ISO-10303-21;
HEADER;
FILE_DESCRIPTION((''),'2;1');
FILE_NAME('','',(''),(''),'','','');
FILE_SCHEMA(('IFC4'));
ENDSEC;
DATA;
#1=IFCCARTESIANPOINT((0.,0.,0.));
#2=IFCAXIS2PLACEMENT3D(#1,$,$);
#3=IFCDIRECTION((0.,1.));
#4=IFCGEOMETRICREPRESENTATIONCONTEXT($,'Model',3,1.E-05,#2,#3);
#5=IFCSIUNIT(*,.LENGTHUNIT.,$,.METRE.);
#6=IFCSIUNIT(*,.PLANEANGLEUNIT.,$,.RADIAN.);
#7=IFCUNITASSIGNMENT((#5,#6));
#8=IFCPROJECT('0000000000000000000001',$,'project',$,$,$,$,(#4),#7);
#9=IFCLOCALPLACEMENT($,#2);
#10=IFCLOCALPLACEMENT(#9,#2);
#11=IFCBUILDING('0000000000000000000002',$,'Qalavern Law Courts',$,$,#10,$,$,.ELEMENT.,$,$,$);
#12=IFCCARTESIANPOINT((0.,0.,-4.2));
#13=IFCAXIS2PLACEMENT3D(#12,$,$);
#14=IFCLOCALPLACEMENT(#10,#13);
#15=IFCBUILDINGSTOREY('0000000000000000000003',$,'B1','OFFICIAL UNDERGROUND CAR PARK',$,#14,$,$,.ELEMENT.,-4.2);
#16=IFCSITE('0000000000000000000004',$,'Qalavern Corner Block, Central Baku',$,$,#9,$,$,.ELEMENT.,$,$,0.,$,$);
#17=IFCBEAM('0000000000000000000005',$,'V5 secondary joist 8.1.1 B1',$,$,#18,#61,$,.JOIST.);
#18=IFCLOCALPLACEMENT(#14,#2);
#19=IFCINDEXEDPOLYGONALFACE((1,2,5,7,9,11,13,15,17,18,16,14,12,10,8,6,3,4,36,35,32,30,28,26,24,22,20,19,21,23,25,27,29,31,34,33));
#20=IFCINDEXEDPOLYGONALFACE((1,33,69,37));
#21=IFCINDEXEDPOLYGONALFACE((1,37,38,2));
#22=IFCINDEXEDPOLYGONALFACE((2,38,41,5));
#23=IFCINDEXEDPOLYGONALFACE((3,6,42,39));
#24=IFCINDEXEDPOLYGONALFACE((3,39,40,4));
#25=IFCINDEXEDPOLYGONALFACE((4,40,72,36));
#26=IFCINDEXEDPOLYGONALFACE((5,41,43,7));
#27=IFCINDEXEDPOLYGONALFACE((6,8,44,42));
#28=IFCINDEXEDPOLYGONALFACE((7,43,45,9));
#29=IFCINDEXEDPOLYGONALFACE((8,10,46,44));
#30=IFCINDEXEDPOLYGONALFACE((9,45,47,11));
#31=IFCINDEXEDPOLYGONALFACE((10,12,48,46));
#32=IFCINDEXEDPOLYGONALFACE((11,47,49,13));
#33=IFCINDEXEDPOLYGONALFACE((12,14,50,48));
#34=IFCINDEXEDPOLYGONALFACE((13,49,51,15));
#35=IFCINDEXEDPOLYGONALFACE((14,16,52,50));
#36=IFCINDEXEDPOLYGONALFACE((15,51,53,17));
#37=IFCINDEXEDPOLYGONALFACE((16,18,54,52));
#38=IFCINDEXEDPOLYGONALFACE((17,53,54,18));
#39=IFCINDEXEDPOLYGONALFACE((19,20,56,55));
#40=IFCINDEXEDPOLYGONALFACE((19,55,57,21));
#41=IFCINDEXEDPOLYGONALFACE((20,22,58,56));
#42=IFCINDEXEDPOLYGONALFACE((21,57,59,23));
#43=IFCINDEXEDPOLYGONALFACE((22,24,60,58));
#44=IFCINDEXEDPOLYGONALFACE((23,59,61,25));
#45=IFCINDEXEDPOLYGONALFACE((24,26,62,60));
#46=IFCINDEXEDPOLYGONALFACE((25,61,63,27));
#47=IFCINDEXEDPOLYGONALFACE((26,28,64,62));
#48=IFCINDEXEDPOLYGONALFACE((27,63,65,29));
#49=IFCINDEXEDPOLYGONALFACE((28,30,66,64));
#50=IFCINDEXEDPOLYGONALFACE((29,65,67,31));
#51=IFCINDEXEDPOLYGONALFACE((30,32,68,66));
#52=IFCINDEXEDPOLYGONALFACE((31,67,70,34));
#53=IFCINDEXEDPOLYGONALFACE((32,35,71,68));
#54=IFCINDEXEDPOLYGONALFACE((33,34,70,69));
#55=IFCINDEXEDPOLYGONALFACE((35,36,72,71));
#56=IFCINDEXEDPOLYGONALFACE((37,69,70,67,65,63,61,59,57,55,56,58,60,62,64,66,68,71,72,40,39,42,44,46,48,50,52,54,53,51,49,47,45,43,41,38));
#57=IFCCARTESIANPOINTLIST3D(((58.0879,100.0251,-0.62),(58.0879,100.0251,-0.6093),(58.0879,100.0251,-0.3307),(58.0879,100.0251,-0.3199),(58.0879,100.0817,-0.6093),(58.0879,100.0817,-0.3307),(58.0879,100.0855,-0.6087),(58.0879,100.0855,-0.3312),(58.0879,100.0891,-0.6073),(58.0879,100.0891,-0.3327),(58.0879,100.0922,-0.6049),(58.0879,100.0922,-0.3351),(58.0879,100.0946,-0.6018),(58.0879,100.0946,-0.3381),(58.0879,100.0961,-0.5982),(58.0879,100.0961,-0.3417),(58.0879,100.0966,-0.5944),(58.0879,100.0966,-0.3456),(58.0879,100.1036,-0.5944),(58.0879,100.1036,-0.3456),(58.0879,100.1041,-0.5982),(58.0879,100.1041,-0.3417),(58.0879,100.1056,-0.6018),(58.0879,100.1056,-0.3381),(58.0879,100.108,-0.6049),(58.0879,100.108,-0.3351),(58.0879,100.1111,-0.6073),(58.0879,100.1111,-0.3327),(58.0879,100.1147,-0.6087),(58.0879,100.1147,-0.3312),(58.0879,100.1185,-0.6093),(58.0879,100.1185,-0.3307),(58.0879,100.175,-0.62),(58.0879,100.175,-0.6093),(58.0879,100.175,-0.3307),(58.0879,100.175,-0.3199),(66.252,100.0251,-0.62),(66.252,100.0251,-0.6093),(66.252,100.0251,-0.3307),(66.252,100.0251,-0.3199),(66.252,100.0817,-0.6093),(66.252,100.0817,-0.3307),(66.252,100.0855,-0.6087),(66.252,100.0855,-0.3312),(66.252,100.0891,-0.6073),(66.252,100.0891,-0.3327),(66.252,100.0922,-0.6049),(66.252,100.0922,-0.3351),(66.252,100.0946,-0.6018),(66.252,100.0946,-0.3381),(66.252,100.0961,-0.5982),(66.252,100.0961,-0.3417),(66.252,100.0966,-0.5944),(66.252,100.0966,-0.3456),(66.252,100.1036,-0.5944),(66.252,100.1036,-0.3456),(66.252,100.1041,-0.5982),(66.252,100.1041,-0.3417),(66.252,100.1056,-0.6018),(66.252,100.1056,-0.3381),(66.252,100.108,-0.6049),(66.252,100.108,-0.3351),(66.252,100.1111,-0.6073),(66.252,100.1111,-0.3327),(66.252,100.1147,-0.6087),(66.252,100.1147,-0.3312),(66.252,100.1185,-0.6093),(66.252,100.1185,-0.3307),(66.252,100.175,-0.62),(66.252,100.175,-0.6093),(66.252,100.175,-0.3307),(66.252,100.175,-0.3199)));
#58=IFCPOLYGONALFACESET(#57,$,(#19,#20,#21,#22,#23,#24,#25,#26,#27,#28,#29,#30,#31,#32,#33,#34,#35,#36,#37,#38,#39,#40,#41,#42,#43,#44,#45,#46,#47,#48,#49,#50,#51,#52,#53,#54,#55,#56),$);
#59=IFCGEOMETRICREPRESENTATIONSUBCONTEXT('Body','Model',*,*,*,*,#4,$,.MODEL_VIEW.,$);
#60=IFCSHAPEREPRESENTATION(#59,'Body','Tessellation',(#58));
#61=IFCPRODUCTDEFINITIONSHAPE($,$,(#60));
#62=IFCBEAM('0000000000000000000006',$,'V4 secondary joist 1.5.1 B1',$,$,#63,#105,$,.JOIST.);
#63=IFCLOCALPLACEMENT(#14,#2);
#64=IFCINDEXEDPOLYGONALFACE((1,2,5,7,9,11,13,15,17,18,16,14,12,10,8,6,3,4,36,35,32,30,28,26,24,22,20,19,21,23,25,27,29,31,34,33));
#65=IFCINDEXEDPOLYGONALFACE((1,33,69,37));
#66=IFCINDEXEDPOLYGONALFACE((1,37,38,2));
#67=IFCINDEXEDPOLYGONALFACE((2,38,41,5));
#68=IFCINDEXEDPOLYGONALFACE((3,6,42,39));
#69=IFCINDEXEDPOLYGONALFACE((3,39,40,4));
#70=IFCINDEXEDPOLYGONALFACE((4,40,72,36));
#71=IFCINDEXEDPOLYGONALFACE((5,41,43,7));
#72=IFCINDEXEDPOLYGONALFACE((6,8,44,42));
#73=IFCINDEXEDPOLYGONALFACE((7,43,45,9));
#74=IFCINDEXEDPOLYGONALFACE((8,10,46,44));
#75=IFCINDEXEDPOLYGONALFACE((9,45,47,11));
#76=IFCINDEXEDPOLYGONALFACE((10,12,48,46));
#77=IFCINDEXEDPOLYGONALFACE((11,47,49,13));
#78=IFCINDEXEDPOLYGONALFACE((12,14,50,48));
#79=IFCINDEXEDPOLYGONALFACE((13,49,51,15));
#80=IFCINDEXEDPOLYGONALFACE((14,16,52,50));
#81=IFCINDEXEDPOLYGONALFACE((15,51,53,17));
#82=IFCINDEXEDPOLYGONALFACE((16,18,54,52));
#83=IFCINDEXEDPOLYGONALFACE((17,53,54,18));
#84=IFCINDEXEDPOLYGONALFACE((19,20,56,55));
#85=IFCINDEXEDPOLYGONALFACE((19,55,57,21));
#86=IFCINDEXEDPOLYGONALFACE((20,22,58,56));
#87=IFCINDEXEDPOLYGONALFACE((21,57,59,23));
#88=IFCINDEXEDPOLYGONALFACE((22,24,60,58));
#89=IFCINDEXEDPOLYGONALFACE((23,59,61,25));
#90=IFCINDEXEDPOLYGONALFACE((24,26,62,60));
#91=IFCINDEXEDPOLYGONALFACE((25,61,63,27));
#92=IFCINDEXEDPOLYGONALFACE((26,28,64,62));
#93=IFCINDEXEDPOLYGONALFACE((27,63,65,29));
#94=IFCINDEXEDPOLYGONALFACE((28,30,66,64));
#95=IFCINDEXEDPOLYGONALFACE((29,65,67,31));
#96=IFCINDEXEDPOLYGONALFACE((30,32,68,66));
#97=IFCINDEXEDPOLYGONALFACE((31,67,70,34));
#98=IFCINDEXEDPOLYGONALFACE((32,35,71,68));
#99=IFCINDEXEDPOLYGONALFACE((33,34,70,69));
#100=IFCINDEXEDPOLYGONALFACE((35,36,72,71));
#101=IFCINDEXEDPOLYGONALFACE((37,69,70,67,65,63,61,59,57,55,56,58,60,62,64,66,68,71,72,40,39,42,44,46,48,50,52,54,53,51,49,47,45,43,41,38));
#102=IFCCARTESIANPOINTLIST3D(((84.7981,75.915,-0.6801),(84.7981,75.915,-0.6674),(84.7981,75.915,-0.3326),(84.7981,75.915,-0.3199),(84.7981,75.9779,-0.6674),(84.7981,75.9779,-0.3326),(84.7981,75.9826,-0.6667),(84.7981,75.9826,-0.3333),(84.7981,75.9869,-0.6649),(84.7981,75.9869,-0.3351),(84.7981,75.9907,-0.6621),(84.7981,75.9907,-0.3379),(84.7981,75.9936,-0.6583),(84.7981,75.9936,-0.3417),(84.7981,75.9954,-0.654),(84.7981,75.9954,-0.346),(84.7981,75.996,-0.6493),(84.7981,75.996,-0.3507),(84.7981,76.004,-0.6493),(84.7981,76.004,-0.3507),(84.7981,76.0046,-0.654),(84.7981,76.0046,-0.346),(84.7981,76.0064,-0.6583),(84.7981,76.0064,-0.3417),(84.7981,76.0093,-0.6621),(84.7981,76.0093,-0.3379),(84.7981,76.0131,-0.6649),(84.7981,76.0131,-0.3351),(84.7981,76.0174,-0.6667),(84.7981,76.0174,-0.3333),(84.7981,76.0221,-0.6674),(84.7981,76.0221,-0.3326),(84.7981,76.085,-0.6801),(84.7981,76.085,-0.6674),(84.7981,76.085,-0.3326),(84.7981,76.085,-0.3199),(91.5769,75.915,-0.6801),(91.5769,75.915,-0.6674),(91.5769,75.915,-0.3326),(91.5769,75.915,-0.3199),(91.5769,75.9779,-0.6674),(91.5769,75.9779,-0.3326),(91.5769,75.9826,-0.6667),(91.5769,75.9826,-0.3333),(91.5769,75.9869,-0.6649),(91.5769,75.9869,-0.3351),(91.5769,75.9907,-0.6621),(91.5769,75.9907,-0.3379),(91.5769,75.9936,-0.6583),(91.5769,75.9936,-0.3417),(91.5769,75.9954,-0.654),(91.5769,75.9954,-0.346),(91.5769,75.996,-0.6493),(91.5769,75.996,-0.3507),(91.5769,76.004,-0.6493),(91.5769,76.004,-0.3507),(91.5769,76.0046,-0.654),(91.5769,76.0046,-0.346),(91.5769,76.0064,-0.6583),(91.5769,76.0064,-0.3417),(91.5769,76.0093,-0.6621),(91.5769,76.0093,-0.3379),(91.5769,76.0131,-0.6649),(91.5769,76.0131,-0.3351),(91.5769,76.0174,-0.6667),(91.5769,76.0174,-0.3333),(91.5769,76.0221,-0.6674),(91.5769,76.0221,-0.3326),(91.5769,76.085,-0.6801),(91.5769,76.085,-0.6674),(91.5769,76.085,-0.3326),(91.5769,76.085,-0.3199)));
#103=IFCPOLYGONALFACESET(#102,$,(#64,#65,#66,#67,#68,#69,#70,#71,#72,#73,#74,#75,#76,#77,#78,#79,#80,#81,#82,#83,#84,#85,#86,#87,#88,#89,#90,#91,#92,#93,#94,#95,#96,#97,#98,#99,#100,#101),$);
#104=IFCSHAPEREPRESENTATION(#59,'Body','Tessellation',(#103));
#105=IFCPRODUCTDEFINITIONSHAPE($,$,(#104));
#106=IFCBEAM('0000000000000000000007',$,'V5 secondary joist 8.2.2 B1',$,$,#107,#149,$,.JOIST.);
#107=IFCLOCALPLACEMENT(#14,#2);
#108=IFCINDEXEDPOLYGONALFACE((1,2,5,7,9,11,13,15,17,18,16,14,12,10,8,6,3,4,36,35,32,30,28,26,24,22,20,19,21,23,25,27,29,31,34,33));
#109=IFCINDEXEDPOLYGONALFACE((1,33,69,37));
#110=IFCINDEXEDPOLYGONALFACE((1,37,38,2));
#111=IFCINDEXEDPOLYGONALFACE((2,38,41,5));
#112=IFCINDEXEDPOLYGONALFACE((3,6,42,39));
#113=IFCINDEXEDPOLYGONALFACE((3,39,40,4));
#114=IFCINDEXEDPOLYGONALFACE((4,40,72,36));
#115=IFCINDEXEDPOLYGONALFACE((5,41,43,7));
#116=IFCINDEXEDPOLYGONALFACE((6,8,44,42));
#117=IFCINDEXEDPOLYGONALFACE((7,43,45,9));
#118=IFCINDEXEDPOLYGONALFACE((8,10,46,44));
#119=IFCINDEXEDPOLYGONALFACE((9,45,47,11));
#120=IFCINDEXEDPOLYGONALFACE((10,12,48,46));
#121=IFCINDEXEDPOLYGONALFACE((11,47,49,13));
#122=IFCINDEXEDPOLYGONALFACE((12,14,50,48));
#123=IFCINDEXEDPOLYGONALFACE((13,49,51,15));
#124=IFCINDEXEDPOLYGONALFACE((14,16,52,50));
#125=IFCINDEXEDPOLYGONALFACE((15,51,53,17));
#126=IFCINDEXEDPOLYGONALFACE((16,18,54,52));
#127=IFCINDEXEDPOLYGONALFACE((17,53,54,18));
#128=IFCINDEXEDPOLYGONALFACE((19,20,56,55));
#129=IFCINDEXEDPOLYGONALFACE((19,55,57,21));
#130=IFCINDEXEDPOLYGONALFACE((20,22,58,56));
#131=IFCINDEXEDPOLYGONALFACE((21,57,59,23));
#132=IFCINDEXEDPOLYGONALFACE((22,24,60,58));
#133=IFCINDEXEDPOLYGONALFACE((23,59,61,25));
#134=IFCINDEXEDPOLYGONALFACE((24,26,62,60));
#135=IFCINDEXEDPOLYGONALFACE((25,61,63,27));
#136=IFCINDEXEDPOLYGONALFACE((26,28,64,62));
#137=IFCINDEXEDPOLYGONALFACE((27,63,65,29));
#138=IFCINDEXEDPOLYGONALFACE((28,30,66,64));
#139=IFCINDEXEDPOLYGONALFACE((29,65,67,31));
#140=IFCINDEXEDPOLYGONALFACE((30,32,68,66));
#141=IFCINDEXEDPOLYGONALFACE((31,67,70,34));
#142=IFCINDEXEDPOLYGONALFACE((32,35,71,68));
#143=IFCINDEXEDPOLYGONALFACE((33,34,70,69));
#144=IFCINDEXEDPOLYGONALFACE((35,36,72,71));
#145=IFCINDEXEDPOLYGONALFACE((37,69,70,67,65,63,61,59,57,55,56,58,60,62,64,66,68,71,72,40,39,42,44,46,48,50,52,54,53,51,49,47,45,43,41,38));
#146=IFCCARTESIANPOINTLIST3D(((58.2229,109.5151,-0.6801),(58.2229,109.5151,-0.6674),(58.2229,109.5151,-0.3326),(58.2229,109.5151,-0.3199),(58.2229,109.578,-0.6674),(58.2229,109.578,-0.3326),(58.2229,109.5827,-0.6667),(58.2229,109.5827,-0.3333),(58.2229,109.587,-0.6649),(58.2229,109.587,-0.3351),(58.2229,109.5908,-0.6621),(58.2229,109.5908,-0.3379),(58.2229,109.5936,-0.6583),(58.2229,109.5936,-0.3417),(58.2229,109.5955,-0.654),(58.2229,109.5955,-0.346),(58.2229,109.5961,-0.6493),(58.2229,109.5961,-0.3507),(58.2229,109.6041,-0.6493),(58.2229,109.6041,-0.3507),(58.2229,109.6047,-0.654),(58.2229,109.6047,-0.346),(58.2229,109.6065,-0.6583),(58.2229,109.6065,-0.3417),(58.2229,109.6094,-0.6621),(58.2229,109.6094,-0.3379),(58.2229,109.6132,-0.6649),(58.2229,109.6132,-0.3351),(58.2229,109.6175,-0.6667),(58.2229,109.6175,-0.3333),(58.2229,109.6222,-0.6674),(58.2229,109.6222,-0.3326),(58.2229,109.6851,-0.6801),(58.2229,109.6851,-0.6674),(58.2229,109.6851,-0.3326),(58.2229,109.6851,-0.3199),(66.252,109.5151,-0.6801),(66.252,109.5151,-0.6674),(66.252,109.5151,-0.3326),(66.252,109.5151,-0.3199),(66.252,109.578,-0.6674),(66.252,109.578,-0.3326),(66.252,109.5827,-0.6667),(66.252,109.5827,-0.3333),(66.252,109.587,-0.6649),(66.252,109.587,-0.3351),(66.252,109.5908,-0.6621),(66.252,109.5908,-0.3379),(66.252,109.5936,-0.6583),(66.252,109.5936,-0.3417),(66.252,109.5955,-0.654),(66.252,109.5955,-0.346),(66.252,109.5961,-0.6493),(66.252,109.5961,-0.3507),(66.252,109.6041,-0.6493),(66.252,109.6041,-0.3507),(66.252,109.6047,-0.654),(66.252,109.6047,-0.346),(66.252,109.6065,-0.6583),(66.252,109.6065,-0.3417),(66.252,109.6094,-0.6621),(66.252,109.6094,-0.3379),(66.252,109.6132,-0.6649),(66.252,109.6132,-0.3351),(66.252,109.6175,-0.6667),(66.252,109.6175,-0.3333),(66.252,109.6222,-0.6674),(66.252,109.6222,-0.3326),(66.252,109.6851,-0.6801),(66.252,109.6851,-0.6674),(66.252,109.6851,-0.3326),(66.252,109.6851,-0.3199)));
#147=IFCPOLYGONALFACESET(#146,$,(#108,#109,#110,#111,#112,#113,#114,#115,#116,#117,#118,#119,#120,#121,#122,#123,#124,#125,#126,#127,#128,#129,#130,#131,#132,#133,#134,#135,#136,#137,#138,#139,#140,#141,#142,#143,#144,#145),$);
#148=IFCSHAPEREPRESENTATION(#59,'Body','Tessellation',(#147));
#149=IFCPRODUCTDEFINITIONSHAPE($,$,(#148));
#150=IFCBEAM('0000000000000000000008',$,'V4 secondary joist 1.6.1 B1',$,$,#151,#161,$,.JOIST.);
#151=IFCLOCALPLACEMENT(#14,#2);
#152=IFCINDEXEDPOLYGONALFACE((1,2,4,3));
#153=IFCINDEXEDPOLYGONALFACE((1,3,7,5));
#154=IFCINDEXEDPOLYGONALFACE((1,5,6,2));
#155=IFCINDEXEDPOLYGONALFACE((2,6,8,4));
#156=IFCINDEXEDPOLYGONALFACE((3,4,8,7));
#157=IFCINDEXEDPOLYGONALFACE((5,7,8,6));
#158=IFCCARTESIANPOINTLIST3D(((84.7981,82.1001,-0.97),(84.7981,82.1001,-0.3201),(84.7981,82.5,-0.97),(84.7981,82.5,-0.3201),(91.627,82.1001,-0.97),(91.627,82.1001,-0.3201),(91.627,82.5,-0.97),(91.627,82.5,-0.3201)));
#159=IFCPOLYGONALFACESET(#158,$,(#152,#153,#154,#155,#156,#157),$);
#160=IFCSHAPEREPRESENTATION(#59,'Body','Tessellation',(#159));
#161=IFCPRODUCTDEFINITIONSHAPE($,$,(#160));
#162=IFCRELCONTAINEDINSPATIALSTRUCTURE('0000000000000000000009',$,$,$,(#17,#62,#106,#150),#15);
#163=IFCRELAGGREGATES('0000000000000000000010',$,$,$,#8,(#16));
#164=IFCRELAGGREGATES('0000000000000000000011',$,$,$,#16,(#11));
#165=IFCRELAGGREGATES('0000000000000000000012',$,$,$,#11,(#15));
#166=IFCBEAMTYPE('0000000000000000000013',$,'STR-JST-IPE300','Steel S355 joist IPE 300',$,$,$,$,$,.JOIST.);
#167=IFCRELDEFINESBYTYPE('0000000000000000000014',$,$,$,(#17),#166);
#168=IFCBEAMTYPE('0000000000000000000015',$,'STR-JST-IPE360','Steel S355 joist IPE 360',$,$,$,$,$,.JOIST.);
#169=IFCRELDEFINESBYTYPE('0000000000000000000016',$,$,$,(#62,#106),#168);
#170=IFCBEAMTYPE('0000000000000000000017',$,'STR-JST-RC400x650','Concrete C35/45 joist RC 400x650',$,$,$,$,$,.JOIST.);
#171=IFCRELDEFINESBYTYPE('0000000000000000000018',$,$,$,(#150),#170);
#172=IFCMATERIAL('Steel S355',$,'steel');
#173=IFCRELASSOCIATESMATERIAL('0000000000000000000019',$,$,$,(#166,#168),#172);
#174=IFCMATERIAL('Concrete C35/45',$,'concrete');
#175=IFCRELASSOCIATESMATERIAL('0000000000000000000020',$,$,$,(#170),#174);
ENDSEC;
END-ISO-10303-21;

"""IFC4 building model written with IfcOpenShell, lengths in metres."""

from ifc_helpers import new_model, si_unit, direction, frame, origin, origin_2d, place, context, subcontext, project, spatial, rectangle, i_section, extrude, material, material_profile, profile_set, type_object, element, save


model = new_model("IFC4")

# Units and contexts
model_context = context("Model", 3, precision=1e-05, world=origin(), true_north=direction((0.0, 1.0)))
body_context = subcontext(model_context, "Body", "Model", "MODEL_VIEW")
ifc_project = project(units=[si_unit("LENGTHUNIT", "METRE"), si_unit("PLANEANGLEUNIT", "RADIAN")], contexts=[model_context])

# Site, building, storey
site_placement = place(None, origin())
site = spatial("IfcSite", under=ifc_project, at=site_placement, Name="Qalavern Corner Block, Central Baku", CompositionType="ELEMENT", RefElevation=0.0)
building_placement = place(site_placement, origin())
building = spatial("IfcBuilding", under=site, at=building_placement, Name="Qalavern Law Courts", CompositionType="ELEMENT")
storey_placement = place(building_placement, frame((0.0, 0.0, -4.2)))
storey = spatial("IfcBuildingStorey", under=building, at=storey_placement, Name="B1", Description="OFFICIAL UNDERGROUND CAR PARK", CompositionType="ELEMENT", Elevation=-4.2)

# Beams
ifc_material_1 = material(Name="Steel S355", Category="steel")
ifc_material_2 = material(Name="Concrete C35/45", Category="concrete")
ifc_material_profile_1 = material_profile(ifc_material_1, i_section(OverallWidth=0.1499, OverallDepth=0.3, WebThickness=0.0071, FlangeThickness=0.0107, FilletRadius=0.0149, at=origin_2d()), Name="IPE 300")
ifc_profile_set_1 = profile_set([ifc_material_profile_1], Name="Steel S355")
beam_type_1 = type_object("IfcBeamType", Name="STR-JST-IPE300", Description="Steel S355 joist IPE 300", PredefinedType="JOIST", material=ifc_profile_set_1)
beam_1_placement = place(storey_placement, frame((58.0879, 100.1001, -0.47), z_axis=(1.0, 0.0, 0.0), x_axis=(0.0, 1.0, 0.0)))
element("IfcBeam", 1, at=beam_1_placement, inside=storey, type_object=beam_type_1, Name="V5 secondary joist 8.1.1 B1", PredefinedType="JOIST", context=body_context, shape_type="SweptSolid", body=[
    extrude(i_section(OverallWidth=0.1499, OverallDepth=0.3, WebThickness=0.0071, FlangeThickness=0.0107, FilletRadius=0.0149, at=origin_2d()), origin(), (0.0, 0.0, 1.0), 8.1641),
])
ifc_material_profile_2 = material_profile(ifc_material_1, i_section(OverallWidth=0.1699, OverallDepth=0.3601, WebThickness=0.0081, FlangeThickness=0.0127, FilletRadius=0.0181, at=origin_2d()), Name="IPE 360")
ifc_profile_set_2 = profile_set([ifc_material_profile_2], Name="Steel S355")
beam_type_2 = type_object("IfcBeamType", Name="STR-JST-IPE360", Description="Steel S355 joist IPE 360", PredefinedType="JOIST", material=ifc_profile_set_2)
beam_2_placement = place(storey_placement, frame((84.7981, 76.0, -0.5), z_axis=(1.0, 0.0, 0.0), x_axis=(0.0, 1.0, 0.0)))
element("IfcBeam", 2, at=beam_2_placement, inside=storey, type_object=beam_type_2, Name="V4 secondary joist 1.5.1 B1", PredefinedType="JOIST", context=body_context, shape_type="SweptSolid", body=[
    extrude(i_section(OverallWidth=0.1699, OverallDepth=0.3601, WebThickness=0.0081, FlangeThickness=0.0127, FilletRadius=0.0181, at=origin_2d()), origin(), (0.0, 0.0, 1.0), 6.7788),
])
beam_3_placement = place(storey_placement, frame((58.2229, 109.6001, -0.5), z_axis=(1.0, 0.0, 0.0), x_axis=(0.0, 1.0, 0.0)))
element("IfcBeam", 3, at=beam_3_placement, inside=storey, type_object=beam_type_2, Name="V5 secondary joist 8.2.2 B1", PredefinedType="JOIST", context=body_context, shape_type="SweptSolid", body=[
    extrude(i_section(OverallWidth=0.1699, OverallDepth=0.3601, WebThickness=0.0081, FlangeThickness=0.0127, FilletRadius=0.0181, at=origin_2d()), origin(), (0.0, 0.0, 1.0), 8.0291),
])
ifc_material_profile_3 = material_profile(ifc_material_2, rectangle(XDim=0.3999, YDim=0.6499, at=origin_2d()), Name="RC 400x650")
ifc_profile_set_3 = profile_set([ifc_material_profile_3], Name="Concrete C35/45")
beam_type_3 = type_object("IfcBeamType", Name="STR-JST-RC400x650", Description="Concrete C35/45 joist RC 400x650", PredefinedType="JOIST", material=ifc_profile_set_3)
beam_4_placement = place(storey_placement, frame((84.7981, 82.3, -0.645), z_axis=(1.0, 0.0, 0.0), x_axis=(0.0, 1.0, 0.0)))
element("IfcBeam", 4, at=beam_4_placement, inside=storey, type_object=beam_type_3, Name="V4 secondary joist 1.6.1 B1", PredefinedType="JOIST", context=body_context, shape_type="SweptSolid", body=[
    extrude(rectangle(XDim=0.3999, YDim=0.6499, at=origin_2d()), origin(), (0.0, 0.0, 1.0), 6.8289),
])

save(model, "model.ifc")
